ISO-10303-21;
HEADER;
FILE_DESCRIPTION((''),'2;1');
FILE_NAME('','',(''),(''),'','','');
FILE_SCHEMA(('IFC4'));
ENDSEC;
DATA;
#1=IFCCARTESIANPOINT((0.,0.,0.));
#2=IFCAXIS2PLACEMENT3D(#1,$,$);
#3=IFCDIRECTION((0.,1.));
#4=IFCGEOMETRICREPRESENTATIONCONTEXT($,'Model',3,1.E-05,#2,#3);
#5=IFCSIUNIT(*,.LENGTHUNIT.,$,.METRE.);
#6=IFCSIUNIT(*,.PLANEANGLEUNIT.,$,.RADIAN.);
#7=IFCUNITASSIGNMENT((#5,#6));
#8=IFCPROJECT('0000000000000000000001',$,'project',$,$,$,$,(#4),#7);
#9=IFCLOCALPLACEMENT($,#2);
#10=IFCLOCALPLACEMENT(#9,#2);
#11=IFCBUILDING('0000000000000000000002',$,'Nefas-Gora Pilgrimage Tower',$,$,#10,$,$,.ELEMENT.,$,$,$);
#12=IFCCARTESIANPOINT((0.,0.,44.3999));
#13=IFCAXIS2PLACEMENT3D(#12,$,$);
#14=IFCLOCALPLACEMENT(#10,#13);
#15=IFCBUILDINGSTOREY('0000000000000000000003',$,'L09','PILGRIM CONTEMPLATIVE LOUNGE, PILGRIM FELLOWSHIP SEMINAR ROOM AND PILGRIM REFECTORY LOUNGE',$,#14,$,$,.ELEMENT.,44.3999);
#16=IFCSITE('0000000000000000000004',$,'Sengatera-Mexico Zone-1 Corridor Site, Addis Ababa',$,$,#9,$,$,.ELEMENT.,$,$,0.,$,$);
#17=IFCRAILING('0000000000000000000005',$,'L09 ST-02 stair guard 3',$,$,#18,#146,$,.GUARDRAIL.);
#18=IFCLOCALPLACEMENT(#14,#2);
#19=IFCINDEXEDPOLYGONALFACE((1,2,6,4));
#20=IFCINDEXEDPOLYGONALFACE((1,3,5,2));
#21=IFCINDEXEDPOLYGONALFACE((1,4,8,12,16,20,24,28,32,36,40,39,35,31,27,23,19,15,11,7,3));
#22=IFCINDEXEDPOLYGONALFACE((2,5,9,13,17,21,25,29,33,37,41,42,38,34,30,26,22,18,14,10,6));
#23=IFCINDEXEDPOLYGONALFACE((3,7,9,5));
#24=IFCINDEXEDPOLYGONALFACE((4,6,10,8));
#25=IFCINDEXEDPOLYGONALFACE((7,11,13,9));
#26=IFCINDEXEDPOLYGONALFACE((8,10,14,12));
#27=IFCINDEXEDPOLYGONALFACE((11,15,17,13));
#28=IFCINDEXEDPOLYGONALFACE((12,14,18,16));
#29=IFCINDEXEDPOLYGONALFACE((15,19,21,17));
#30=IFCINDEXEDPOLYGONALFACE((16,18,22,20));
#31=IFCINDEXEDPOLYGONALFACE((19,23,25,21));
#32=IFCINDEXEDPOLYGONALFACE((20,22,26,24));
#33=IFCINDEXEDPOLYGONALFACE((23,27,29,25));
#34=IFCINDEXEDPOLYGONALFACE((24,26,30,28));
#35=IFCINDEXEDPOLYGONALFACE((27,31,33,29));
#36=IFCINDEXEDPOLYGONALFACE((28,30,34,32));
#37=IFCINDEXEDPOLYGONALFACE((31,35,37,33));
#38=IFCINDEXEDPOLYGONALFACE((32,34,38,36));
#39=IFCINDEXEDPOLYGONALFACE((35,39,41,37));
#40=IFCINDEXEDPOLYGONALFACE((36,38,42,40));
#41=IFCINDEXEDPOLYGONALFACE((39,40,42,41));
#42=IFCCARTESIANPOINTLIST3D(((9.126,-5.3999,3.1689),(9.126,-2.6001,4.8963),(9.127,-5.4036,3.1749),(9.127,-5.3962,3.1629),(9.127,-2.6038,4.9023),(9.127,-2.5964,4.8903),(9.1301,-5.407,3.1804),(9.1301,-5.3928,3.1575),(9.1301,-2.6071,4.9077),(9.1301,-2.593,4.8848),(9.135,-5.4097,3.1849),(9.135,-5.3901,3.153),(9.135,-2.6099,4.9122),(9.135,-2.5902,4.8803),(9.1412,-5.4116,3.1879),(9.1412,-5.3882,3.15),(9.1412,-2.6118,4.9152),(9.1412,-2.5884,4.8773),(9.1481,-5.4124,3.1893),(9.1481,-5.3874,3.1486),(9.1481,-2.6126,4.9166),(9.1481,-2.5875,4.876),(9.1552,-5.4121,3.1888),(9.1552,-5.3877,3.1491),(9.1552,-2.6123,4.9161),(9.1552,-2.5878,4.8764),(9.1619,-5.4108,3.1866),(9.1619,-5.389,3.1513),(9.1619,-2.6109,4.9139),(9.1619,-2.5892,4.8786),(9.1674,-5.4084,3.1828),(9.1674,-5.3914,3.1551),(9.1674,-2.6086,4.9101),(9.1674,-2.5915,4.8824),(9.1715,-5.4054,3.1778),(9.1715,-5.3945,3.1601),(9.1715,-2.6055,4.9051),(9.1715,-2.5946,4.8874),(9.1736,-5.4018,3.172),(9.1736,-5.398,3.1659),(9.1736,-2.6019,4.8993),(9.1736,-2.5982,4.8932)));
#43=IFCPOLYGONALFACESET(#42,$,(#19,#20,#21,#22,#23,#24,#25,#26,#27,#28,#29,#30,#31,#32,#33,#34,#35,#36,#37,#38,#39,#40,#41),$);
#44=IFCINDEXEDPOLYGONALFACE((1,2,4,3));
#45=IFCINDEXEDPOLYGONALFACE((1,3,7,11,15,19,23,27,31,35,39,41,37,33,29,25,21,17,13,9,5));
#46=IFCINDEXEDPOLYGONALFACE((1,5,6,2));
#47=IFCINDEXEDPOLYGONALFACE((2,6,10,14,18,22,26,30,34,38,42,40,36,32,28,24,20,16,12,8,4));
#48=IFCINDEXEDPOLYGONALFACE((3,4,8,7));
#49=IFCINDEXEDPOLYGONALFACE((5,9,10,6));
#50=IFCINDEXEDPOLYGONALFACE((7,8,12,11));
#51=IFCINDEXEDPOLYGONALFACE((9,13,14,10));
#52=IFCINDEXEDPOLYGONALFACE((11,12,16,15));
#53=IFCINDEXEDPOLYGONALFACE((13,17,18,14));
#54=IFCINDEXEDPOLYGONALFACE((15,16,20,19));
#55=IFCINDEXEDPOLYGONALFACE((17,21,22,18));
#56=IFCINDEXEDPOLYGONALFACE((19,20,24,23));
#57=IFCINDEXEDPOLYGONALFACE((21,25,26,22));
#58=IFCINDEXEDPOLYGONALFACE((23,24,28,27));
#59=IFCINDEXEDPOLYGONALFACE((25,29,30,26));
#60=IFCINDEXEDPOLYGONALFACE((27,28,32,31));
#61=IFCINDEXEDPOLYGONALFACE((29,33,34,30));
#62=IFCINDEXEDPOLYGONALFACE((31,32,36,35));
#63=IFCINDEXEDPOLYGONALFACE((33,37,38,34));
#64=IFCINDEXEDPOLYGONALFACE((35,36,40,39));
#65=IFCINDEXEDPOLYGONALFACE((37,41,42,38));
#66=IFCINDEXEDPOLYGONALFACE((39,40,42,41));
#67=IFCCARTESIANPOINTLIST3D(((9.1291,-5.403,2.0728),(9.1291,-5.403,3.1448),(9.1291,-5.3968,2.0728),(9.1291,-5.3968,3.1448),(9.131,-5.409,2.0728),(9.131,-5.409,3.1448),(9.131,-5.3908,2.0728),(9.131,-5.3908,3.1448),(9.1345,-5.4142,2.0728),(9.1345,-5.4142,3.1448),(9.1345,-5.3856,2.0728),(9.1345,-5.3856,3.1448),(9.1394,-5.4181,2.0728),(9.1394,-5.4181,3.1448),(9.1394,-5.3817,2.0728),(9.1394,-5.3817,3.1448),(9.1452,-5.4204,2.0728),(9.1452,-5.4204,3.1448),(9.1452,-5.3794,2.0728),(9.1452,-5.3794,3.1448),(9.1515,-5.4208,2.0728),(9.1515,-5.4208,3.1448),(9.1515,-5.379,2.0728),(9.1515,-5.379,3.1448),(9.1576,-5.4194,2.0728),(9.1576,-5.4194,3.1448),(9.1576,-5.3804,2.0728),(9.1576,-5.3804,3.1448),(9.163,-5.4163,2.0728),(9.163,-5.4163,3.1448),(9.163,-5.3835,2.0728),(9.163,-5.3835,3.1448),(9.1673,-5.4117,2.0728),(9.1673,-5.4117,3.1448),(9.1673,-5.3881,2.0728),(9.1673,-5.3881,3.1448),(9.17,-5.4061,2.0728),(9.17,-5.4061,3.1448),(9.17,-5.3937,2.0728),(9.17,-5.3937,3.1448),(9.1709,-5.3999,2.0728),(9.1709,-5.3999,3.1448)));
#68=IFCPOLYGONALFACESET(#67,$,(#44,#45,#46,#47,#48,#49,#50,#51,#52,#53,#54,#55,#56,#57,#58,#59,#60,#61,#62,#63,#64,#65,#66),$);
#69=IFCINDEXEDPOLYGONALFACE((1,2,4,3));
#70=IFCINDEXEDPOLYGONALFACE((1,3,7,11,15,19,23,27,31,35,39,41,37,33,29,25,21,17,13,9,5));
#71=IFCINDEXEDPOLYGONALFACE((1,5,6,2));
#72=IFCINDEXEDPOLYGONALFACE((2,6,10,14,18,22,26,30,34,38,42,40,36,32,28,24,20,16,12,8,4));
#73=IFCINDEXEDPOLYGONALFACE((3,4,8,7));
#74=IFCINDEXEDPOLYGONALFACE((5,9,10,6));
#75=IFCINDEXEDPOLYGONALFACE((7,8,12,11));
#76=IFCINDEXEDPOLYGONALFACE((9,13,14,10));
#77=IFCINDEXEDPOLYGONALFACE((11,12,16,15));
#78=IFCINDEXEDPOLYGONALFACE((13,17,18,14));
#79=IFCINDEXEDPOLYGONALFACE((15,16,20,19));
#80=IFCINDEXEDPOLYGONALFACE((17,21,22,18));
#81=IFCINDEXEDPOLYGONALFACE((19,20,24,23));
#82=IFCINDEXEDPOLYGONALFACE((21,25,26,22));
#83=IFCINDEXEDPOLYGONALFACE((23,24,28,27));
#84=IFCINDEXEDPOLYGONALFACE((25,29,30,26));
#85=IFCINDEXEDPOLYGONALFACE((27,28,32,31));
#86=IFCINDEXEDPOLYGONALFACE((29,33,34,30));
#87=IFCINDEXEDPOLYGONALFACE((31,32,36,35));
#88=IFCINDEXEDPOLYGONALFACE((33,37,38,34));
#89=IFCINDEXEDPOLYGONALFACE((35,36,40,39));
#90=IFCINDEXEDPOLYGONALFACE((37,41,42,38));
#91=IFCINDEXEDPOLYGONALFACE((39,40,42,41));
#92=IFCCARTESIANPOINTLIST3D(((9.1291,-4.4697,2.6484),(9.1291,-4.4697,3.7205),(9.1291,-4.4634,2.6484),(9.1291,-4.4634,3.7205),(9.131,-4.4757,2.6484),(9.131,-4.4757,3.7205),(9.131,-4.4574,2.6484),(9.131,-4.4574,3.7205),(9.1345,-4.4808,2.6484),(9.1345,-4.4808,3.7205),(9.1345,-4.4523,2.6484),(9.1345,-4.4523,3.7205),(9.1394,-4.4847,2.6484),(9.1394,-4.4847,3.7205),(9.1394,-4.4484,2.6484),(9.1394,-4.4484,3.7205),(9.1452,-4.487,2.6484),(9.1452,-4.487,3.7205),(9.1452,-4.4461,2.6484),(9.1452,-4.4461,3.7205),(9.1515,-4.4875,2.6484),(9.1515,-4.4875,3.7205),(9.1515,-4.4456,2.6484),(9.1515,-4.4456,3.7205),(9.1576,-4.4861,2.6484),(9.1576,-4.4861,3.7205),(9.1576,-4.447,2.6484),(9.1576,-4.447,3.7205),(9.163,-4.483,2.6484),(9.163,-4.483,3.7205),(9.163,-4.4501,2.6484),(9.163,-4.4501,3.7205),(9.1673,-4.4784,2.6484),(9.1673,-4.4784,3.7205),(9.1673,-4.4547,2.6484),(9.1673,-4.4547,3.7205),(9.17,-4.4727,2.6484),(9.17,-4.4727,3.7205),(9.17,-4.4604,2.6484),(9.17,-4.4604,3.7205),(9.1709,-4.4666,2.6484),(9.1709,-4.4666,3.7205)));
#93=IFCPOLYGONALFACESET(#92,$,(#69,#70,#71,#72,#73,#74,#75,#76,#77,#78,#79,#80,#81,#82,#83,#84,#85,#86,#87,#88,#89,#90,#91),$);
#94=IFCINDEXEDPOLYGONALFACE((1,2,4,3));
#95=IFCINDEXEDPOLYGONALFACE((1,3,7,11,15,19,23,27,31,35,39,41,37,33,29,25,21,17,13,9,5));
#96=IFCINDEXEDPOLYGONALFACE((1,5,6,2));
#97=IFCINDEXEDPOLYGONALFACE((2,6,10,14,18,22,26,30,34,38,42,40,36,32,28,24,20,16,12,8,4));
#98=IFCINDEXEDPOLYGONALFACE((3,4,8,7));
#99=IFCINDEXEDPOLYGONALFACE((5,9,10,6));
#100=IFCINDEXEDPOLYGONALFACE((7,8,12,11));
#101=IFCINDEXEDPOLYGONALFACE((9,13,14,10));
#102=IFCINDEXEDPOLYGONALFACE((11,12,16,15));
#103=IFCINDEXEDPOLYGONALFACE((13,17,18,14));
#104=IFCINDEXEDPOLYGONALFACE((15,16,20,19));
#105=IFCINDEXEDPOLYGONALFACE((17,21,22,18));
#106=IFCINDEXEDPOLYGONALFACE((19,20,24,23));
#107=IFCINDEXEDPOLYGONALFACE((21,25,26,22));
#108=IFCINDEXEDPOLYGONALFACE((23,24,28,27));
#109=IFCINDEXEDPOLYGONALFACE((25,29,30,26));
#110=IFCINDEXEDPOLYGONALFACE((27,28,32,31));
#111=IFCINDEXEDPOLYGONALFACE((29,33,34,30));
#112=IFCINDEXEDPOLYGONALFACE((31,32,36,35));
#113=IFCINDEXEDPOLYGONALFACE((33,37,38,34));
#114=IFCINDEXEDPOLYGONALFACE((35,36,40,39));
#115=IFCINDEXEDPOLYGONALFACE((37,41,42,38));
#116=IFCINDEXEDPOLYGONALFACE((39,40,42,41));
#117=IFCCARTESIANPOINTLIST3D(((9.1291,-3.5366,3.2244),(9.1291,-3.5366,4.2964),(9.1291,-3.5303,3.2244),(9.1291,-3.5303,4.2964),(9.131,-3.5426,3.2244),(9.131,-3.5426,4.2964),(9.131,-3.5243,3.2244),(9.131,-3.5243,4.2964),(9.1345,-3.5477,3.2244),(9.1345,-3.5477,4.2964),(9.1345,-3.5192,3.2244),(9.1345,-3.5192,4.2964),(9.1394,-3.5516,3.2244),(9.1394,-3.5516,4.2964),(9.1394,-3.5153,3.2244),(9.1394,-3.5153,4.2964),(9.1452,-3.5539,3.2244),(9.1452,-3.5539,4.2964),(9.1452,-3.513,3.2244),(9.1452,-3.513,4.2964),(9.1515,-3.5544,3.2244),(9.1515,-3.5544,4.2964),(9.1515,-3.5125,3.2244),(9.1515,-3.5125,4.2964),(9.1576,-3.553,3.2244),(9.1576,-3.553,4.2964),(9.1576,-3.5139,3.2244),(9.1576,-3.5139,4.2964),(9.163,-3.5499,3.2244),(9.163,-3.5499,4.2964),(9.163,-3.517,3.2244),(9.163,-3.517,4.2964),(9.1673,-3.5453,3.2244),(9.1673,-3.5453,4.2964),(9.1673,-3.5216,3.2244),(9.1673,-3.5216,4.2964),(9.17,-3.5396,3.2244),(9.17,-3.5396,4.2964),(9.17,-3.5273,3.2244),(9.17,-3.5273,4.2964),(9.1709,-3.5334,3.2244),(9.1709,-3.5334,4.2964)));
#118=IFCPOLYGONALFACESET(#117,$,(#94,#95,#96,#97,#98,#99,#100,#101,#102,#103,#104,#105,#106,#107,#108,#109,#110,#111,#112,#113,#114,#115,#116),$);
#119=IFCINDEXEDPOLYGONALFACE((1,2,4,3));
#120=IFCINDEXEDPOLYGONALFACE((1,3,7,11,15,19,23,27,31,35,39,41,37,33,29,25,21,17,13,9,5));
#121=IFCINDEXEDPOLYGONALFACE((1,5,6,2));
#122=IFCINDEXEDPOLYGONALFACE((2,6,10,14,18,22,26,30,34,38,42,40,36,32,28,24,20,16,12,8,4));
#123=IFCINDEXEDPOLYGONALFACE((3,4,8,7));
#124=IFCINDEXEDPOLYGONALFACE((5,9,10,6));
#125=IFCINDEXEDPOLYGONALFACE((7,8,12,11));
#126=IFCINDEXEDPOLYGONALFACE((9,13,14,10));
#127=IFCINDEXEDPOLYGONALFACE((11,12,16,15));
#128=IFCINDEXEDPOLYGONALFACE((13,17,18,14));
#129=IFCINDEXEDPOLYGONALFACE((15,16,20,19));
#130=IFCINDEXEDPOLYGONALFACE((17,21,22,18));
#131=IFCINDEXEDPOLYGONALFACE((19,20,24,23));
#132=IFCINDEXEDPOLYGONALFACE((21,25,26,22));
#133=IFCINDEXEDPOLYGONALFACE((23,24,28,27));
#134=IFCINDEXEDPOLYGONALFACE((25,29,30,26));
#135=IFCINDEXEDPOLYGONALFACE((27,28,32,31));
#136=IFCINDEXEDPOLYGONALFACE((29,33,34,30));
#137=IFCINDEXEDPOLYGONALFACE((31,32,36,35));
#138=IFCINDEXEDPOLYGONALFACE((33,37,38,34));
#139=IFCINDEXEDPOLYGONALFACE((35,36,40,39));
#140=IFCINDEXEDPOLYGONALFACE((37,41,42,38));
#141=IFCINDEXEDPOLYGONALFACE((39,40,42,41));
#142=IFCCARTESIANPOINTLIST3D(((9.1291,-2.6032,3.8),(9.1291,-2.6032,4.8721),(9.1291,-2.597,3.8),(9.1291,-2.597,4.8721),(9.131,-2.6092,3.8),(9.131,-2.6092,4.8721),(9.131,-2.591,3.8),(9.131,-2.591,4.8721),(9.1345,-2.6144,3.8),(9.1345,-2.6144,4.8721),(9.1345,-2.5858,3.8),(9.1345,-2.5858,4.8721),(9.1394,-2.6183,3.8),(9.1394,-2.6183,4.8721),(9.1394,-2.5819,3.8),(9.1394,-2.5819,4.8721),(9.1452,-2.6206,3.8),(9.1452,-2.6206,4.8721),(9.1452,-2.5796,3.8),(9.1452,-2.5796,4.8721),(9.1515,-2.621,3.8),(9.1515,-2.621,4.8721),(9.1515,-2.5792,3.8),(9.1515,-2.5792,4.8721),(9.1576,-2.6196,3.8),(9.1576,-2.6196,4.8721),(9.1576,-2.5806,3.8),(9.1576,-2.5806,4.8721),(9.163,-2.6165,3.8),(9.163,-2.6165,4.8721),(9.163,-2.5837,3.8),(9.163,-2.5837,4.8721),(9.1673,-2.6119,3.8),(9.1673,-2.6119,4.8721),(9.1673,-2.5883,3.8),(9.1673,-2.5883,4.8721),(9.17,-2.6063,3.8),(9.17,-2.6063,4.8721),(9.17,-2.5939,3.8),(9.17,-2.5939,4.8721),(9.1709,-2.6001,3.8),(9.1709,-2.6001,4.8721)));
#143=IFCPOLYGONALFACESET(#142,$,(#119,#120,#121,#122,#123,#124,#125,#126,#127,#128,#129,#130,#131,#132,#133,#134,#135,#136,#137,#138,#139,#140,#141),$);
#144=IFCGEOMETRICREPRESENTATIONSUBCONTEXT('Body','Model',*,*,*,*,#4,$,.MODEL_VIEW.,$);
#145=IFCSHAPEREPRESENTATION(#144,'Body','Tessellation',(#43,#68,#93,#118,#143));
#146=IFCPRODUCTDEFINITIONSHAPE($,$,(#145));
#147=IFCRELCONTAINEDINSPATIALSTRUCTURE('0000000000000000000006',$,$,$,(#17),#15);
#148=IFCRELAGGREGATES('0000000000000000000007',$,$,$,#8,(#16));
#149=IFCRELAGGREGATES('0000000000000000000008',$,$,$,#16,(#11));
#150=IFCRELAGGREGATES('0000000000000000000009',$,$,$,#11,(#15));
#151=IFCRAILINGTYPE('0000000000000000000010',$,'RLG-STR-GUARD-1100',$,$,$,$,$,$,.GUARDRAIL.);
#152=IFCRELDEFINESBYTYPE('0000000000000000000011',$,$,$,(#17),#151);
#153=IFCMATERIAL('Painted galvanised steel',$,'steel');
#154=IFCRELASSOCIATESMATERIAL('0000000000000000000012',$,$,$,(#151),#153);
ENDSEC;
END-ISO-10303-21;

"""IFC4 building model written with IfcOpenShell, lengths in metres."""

from ifc_helpers import new_model, si_unit, direction, frame, origin, origin_2d, place, context, subcontext, project, spatial, circle, extrude, material, type_object, element, save


model = new_model("IFC4")

# Units and contexts
model_context = context("Model", 3, precision=1e-05, world=origin(), true_north=direction((0.0, 1.0)))
body_context = subcontext(model_context, "Body", "Model", "MODEL_VIEW")
ifc_project = project(units=[si_unit("LENGTHUNIT", "METRE"), si_unit("PLANEANGLEUNIT", "RADIAN")], contexts=[model_context])

# Site, building, storey
site_placement = place(None, origin())
site = spatial("IfcSite", under=ifc_project, at=site_placement, Name="Sengatera-Mexico Zone-1 Corridor Site, Addis Ababa", CompositionType="ELEMENT", RefElevation=0.0)
building_placement = place(site_placement, origin())
building = spatial("IfcBuilding", under=site, at=building_placement, Name="Nefas-Gora Pilgrimage Tower", CompositionType="ELEMENT")
storey_placement = place(building_placement, frame((0.0, 0.0, 44.3999)))
storey = spatial("IfcBuildingStorey", under=building, at=storey_placement, Name="L09", Description="PILGRIM CONTEMPLATIVE LOUNGE, PILGRIM FELLOWSHIP SEMINAR ROOM AND PILGRIM REFECTORY LOUNGE", CompositionType="ELEMENT", Elevation=44.3999)

# Railing
ifc_material_1 = material(Name="Painted galvanised steel", Category="steel")
railing_type_1 = type_object("IfcRailingType", Name="RLG-STR-GUARD-1100", PredefinedType="GUARDRAIL", material=ifc_material_1)
railing_1_placement = place(storey_placement, frame((9.1499, -5.3999, 2.0728)))
element("IfcRailing", 1, at=railing_1_placement, inside=storey, type_object=railing_type_1, Name="L09 ST-02 stair guard 3", PredefinedType="GUARDRAIL", context=body_context, shape_type="SweptSolid", body=[
    extrude(circle(Radius=0.0239, at=origin_2d()), frame((0.0, 0.0, 1.0962), z_axis=(0.0, 0.851069, 0.525054), x_axis=(-1.0, 0.0, 0.0)), (0.0, 0.0, 1.0), 3.2898),
    extrude(circle(Radius=0.021, at=origin_2d()), origin(), (0.0, 0.0, 1.0), 1.072),
    extrude(circle(Radius=0.021, at=origin_2d()), frame((0.0, 0.9333, 0.5757)), (0.0, 0.0, 1.0), 1.072),
    extrude(circle(Radius=0.021, at=origin_2d()), frame((0.0, 1.8665, 1.1516)), (0.0, 0.0, 1.0), 1.072),
    extrude(circle(Radius=0.021, at=origin_2d()), frame((0.0, 2.7998, 1.7273)), (0.0, 0.0, 1.0), 1.072),
])

save(model, "model.ifc")
